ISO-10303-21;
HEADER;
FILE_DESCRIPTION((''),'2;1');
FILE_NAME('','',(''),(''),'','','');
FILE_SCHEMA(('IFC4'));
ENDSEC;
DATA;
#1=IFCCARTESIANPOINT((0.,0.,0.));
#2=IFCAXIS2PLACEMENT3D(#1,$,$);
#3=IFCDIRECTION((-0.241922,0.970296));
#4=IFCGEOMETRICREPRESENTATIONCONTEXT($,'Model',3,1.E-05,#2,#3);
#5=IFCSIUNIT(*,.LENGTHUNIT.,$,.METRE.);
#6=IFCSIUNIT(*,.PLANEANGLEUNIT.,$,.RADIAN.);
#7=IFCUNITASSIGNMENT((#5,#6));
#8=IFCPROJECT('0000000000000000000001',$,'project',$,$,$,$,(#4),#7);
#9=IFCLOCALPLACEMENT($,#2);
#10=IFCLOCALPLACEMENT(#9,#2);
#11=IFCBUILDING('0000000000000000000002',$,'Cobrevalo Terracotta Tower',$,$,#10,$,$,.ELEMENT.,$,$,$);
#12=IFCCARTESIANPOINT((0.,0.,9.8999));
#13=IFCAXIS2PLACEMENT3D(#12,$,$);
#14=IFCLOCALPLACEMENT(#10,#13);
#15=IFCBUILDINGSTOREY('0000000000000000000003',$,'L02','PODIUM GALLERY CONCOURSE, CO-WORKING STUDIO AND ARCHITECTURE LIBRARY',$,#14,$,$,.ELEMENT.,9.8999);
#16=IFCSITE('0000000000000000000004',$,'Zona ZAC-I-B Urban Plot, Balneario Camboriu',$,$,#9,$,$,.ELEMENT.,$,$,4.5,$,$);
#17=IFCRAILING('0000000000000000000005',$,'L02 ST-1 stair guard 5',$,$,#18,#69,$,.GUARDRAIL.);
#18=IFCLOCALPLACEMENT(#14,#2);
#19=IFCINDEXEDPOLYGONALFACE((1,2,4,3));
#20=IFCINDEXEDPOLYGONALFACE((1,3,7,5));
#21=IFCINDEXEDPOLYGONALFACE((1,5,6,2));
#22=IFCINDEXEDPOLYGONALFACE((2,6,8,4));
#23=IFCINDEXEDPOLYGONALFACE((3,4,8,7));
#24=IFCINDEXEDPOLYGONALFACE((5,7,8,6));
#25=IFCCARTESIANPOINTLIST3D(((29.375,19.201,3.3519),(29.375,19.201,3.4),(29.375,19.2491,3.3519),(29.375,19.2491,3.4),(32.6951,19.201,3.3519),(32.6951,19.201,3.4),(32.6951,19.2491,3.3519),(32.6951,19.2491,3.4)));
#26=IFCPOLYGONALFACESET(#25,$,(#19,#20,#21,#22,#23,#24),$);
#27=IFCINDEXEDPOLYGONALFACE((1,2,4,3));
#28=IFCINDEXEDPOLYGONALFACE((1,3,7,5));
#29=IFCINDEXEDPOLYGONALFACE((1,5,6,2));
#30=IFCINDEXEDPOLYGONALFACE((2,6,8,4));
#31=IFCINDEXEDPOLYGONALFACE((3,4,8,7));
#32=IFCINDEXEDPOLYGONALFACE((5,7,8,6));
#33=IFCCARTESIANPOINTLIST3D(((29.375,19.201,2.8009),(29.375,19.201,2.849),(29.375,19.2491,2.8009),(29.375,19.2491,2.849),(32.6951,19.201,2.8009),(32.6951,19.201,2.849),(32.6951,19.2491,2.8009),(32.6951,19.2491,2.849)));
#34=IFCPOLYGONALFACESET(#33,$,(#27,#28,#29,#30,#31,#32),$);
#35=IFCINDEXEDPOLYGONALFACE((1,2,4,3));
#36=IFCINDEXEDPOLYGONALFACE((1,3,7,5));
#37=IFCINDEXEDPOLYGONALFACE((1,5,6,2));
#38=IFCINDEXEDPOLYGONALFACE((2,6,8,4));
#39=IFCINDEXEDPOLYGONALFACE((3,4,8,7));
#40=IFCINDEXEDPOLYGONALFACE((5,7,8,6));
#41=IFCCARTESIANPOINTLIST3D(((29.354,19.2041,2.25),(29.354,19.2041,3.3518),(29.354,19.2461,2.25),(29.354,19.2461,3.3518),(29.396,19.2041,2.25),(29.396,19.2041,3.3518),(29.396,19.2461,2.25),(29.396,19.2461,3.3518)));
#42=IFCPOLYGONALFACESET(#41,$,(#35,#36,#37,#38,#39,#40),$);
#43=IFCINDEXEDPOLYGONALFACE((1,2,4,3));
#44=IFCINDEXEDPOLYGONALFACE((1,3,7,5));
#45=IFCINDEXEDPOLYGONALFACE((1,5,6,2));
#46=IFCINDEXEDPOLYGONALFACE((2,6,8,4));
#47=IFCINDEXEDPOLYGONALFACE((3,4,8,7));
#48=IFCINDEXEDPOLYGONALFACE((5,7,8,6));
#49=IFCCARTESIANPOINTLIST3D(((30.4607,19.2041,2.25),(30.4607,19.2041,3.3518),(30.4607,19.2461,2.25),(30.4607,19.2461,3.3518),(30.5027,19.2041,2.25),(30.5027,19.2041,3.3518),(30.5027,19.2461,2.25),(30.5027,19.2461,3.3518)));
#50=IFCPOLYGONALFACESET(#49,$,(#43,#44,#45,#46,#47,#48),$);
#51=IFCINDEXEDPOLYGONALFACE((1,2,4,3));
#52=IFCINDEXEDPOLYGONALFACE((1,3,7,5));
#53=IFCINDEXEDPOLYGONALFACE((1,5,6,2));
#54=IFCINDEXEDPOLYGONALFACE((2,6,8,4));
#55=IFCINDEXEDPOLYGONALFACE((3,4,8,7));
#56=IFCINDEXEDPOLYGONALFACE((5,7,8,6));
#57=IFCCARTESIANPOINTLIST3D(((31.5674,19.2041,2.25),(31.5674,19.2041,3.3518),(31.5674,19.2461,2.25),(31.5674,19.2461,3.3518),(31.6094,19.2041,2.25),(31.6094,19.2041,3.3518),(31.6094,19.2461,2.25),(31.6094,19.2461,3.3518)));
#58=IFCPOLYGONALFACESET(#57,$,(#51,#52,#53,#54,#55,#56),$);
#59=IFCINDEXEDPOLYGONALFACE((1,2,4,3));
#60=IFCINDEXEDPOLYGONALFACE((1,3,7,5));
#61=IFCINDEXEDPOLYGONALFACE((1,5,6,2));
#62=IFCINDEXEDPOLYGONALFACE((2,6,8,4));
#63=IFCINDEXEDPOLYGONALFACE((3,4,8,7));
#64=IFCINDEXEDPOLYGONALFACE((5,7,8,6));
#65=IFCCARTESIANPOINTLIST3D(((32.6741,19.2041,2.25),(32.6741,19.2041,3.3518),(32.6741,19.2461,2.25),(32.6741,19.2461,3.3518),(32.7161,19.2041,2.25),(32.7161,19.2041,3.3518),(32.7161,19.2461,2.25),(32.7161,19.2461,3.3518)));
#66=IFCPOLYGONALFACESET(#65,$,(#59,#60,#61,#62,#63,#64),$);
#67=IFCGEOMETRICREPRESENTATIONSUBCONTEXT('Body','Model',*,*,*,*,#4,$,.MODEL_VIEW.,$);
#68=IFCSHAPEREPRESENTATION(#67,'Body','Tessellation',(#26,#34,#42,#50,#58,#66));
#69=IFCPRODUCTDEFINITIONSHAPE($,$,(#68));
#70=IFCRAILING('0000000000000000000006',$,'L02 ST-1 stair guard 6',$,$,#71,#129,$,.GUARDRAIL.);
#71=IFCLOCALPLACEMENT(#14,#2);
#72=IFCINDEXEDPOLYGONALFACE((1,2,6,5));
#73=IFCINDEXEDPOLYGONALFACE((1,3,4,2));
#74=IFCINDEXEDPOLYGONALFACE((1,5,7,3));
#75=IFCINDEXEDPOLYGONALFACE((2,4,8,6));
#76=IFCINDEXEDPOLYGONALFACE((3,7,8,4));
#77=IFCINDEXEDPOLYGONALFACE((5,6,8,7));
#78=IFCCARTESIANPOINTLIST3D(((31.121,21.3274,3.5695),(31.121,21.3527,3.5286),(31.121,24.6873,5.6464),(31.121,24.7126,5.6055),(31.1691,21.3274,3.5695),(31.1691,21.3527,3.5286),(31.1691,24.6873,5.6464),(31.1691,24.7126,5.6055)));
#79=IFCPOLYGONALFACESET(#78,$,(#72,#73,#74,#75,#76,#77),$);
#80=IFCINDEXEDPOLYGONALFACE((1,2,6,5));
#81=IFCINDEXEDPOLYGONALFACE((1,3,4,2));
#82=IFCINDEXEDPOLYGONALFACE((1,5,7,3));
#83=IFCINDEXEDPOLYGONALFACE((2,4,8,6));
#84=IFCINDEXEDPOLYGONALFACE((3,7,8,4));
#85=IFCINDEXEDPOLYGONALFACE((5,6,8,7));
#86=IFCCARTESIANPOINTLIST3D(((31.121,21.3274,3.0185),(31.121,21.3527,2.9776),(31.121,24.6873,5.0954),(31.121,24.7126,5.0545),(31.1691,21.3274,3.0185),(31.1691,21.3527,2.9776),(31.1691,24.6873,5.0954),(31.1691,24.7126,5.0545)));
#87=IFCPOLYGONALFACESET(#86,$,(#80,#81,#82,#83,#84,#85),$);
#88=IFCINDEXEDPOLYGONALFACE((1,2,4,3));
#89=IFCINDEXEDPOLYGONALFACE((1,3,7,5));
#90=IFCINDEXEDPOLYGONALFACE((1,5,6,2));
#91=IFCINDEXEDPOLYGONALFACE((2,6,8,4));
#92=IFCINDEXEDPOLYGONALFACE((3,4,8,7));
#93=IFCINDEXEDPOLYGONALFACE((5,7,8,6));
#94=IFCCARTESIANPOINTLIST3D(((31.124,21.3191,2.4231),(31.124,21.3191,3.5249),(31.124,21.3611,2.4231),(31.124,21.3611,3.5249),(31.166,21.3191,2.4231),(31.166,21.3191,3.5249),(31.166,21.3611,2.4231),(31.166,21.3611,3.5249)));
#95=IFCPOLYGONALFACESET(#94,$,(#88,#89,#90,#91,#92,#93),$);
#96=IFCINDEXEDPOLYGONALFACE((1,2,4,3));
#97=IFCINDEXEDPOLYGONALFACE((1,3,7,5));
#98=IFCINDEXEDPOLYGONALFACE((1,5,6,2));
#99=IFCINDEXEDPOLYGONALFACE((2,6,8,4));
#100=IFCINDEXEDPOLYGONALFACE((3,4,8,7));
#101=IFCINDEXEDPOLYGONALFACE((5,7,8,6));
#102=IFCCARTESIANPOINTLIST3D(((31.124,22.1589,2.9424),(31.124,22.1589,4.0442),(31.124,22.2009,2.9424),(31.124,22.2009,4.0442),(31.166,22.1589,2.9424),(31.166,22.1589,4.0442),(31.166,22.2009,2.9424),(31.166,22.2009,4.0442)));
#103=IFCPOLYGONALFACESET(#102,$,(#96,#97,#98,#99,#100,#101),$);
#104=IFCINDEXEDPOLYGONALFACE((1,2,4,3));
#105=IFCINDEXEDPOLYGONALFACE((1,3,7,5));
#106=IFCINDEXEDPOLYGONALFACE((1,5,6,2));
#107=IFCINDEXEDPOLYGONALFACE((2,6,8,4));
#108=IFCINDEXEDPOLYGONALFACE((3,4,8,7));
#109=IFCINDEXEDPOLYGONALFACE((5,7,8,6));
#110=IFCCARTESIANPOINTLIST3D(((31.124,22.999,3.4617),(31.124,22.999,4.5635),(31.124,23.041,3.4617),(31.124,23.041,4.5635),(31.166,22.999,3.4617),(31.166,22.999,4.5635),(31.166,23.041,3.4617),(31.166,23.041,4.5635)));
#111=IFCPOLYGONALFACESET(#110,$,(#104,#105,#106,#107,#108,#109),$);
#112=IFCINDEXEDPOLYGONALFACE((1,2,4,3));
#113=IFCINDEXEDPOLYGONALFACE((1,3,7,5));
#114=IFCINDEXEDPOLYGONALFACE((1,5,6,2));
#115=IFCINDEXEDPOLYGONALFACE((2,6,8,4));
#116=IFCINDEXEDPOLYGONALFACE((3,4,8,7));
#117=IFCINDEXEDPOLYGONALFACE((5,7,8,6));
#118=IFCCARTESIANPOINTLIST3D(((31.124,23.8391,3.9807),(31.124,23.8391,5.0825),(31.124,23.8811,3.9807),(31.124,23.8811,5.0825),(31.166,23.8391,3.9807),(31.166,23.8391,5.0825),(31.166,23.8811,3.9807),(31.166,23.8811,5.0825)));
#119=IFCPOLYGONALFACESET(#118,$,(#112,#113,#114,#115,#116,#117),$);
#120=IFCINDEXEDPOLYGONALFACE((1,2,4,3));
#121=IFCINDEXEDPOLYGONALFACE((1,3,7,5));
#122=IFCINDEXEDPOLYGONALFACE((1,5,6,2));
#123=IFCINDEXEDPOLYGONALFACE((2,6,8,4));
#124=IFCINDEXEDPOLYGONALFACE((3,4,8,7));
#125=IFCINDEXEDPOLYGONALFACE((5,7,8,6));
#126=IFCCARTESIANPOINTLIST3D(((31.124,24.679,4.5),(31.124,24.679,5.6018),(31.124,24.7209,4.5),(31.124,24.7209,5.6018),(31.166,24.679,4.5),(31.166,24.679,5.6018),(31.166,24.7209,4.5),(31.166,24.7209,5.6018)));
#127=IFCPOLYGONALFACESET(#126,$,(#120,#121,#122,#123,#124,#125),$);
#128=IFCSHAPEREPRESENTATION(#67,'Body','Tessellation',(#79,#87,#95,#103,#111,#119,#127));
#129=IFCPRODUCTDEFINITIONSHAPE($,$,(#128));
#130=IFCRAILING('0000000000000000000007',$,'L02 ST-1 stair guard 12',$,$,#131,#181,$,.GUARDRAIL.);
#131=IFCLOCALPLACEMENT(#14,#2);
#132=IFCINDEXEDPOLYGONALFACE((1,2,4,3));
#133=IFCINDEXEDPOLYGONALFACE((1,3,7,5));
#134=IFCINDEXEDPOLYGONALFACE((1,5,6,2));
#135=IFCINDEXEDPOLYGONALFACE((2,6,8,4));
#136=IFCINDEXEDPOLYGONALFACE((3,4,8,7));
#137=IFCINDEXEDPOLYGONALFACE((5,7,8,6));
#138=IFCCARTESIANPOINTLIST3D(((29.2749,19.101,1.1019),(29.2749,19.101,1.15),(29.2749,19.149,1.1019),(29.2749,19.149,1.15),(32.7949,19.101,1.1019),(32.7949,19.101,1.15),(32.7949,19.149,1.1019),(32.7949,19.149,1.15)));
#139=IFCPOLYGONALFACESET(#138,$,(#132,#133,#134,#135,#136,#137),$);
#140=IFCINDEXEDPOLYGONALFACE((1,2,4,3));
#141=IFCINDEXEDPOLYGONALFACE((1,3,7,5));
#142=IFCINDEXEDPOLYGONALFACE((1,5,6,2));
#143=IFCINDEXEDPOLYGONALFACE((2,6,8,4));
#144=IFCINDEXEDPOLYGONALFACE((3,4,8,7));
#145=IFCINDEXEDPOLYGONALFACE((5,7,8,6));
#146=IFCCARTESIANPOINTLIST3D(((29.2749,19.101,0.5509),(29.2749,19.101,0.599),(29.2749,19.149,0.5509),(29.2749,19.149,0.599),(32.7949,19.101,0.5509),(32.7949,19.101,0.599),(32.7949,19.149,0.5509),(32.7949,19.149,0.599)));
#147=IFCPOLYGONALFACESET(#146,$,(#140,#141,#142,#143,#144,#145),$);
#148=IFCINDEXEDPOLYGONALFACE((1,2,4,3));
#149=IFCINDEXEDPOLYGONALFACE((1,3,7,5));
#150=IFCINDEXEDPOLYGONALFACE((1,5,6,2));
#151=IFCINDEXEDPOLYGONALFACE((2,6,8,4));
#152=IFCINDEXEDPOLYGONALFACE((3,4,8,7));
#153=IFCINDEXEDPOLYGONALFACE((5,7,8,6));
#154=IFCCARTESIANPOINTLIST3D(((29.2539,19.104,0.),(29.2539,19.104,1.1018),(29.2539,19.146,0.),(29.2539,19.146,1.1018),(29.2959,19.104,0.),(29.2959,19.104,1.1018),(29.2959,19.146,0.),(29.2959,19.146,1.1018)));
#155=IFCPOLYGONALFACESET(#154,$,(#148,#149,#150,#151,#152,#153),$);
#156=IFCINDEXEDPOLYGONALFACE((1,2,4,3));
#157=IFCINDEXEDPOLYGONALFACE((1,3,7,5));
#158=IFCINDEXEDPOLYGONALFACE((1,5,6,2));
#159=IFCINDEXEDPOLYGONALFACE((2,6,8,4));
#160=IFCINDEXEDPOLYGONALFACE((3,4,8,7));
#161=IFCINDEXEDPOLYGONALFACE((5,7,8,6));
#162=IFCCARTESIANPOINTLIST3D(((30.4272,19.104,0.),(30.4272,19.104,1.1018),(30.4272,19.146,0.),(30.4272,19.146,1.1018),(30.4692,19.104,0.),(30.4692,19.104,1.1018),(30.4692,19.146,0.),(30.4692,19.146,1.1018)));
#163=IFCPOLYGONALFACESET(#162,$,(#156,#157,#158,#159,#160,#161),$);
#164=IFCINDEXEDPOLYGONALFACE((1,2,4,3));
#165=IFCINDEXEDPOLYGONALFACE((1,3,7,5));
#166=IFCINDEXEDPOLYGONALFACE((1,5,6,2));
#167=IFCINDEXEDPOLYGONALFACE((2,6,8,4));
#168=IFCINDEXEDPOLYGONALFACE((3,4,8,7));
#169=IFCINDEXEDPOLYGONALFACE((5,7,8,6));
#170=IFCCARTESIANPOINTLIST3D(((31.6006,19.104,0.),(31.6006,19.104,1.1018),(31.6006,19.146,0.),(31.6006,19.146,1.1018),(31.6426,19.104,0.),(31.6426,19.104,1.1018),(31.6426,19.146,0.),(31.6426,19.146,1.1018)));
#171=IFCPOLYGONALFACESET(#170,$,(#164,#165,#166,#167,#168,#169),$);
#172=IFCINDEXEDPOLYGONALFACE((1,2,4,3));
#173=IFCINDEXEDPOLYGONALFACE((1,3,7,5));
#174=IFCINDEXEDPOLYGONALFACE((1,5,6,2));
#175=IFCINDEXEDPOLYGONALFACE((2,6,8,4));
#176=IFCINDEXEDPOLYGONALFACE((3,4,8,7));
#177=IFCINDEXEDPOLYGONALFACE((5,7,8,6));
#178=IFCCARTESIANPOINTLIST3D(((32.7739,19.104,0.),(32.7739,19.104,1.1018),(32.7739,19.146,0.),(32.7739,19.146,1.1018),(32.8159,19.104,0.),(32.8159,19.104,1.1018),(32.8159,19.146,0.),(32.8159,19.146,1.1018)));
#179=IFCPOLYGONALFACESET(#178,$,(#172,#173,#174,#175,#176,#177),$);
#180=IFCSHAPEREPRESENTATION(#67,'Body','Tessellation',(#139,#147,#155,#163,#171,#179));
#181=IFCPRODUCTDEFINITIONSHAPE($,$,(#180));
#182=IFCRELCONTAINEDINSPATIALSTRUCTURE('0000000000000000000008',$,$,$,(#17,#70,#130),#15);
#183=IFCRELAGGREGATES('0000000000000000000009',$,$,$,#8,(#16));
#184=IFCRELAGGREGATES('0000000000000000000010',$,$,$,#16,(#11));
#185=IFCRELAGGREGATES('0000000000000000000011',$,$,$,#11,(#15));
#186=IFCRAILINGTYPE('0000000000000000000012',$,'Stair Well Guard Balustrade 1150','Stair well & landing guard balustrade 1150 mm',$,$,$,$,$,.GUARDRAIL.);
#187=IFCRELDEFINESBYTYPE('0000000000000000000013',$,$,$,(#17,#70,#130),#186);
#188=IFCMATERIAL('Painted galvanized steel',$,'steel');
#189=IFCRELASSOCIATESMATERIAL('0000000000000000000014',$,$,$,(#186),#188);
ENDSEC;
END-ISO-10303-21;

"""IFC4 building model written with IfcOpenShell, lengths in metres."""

from ifc_helpers import new_model, si_unit, direction, frame, origin, origin_2d, place, context, subcontext, project, spatial, rectangle, extrude, material, type_object, element, save


model = new_model("IFC4")

# Units and contexts
model_context = context("Model", 3, precision=1e-05, world=origin(), true_north=direction((-0.241922, 0.970296)))
body_context = subcontext(model_context, "Body", "Model", "MODEL_VIEW")
ifc_project = project(units=[si_unit("LENGTHUNIT", "METRE"), si_unit("PLANEANGLEUNIT", "RADIAN")], contexts=[model_context])

# Site, building, storey
site_placement = place(None, origin())
site = spatial("IfcSite", under=ifc_project, at=site_placement, Name="Zona ZAC-I-B Urban Plot, Balneario Camboriu", CompositionType="ELEMENT", RefElevation=4.5)
building_placement = place(site_placement, origin())
building = spatial("IfcBuilding", under=site, at=building_placement, Name="Cobrevalo Terracotta Tower", CompositionType="ELEMENT")
storey_placement = place(building_placement, frame((0.0, 0.0, 9.8999)))
storey = spatial("IfcBuildingStorey", under=building, at=storey_placement, Name="L02", Description="PODIUM GALLERY CONCOURSE, CO-WORKING STUDIO AND ARCHITECTURE LIBRARY", CompositionType="ELEMENT", Elevation=9.8999)

# Railings
ifc_material_1 = material(Name="Painted galvanized steel", Category="steel")
railing_type_1 = type_object("IfcRailingType", Name="Stair Well Guard Balustrade 1150", Description="Stair well & landing guard balustrade 1150 mm", PredefinedType="GUARDRAIL", material=ifc_material_1)
railing_1_placement = place(storey_placement, frame((29.375, 19.2251, 2.25)))
element("IfcRailing", 1, at=railing_1_placement, inside=storey, type_object=railing_type_1, Name="L02 ST-1 stair guard 5", PredefinedType="GUARDRAIL", context=body_context, shape_type="SweptSolid", body=[
    extrude(rectangle(XDim=0.0481, YDim=0.0481, at=origin_2d()), frame((0.0, 0.0, 1.126), z_axis=(1.0, 0.0, 0.0), x_axis=(0.0, 1.0, 0.0)), (0.0, 0.0, 1.0), 3.3201),
    extrude(rectangle(XDim=0.0481, YDim=0.0481, at=origin_2d()), frame((0.0, 0.0, 0.575), z_axis=(1.0, 0.0, 0.0), x_axis=(0.0, 1.0, 0.0)), (0.0, 0.0, 1.0), 3.3201),
    extrude(rectangle(XDim=0.042, YDim=0.042, at=origin_2d()), origin(), (0.0, 0.0, 1.0), 1.1018),
    extrude(rectangle(XDim=0.042, YDim=0.042, at=origin_2d()), frame((1.1067, 0.0, 0.0)), (0.0, 0.0, 1.0), 1.1018),
    extrude(rectangle(XDim=0.042, YDim=0.042, at=origin_2d()), frame((2.2134, 0.0, 0.0)), (0.0, 0.0, 1.0), 1.1018),
    extrude(rectangle(XDim=0.042, YDim=0.042, at=origin_2d()), frame((3.3201, 0.0, 0.0)), (0.0, 0.0, 1.0), 1.1018),
])
railing_2_placement = place(storey_placement, frame((31.145, 21.3401, 2.4231)))
element("IfcRailing", 2, at=railing_2_placement, inside=storey, type_object=railing_type_1, Name="L02 ST-1 stair guard 6", PredefinedType="GUARDRAIL", context=body_context, shape_type="SweptSolid", body=[
    extrude(rectangle(XDim=0.0481, YDim=0.0481, at=origin_2d()), frame((0.0, 0.0, 1.126), z_axis=(0.0, 0.850606, 0.525803), x_axis=(-1.0, 0.0, 0.0)), (0.0, 0.0, 1.0), 3.95),
    extrude(rectangle(XDim=0.0481, YDim=0.0481, at=origin_2d()), frame((0.0, 0.0, 0.575), z_axis=(0.0, 0.850606, 0.525803), x_axis=(-1.0, 0.0, 0.0)), (0.0, 0.0, 1.0), 3.95),
    extrude(rectangle(XDim=0.042, YDim=0.042, at=origin_2d()), origin(), (0.0, 0.0, 1.0), 1.1018),
    extrude(rectangle(XDim=0.042, YDim=0.042, at=origin_2d()), frame((0.0, 0.8398, 0.5193)), (0.0, 0.0, 1.0), 1.1018),
    extrude(rectangle(XDim=0.042, YDim=0.042, at=origin_2d()), frame((0.0, 1.6799, 1.0386)), (0.0, 0.0, 1.0), 1.1018),
    extrude(rectangle(XDim=0.042, YDim=0.042, at=origin_2d()), frame((0.0, 2.52, 1.5576)), (0.0, 0.0, 1.0), 1.1018),
    extrude(rectangle(XDim=0.042, YDim=0.042, at=origin_2d()), frame((0.0, 3.3599, 2.0769)), (0.0, 0.0, 1.0), 1.1018),
])
railing_3_placement = place(storey_placement, frame((29.2749, 19.125, 0.0)))
element("IfcRailing", 3, at=railing_3_placement, inside=storey, type_object=railing_type_1, Name="L02 ST-1 stair guard 12", PredefinedType="GUARDRAIL", context=body_context, shape_type="SweptSolid", body=[
    extrude(rectangle(XDim=0.0481, YDim=0.0481, at=origin_2d()), frame((0.0, 0.0, 1.126), z_axis=(1.0, 0.0, 0.0), x_axis=(0.0, 1.0, 0.0)), (0.0, 0.0, 1.0), 3.52),
    extrude(rectangle(XDim=0.0481, YDim=0.0481, at=origin_2d()), frame((0.0, 0.0, 0.575), z_axis=(1.0, 0.0, 0.0), x_axis=(0.0, 1.0, 0.0)), (0.0, 0.0, 1.0), 3.52),
    extrude(rectangle(XDim=0.042, YDim=0.042, at=origin_2d()), origin(), (0.0, 0.0, 1.0), 1.1018),
    extrude(rectangle(XDim=0.042, YDim=0.042, at=origin_2d()), frame((1.1733, 0.0, 0.0)), (0.0, 0.0, 1.0), 1.1018),
    extrude(rectangle(XDim=0.042, YDim=0.042, at=origin_2d()), frame((2.3467, 0.0, 0.0)), (0.0, 0.0, 1.0), 1.1018),
    extrude(rectangle(XDim=0.042, YDim=0.042, at=origin_2d()), frame((3.52, 0.0, 0.0)), (0.0, 0.0, 1.0), 1.1018),
])

save(model, "model.ifc")
